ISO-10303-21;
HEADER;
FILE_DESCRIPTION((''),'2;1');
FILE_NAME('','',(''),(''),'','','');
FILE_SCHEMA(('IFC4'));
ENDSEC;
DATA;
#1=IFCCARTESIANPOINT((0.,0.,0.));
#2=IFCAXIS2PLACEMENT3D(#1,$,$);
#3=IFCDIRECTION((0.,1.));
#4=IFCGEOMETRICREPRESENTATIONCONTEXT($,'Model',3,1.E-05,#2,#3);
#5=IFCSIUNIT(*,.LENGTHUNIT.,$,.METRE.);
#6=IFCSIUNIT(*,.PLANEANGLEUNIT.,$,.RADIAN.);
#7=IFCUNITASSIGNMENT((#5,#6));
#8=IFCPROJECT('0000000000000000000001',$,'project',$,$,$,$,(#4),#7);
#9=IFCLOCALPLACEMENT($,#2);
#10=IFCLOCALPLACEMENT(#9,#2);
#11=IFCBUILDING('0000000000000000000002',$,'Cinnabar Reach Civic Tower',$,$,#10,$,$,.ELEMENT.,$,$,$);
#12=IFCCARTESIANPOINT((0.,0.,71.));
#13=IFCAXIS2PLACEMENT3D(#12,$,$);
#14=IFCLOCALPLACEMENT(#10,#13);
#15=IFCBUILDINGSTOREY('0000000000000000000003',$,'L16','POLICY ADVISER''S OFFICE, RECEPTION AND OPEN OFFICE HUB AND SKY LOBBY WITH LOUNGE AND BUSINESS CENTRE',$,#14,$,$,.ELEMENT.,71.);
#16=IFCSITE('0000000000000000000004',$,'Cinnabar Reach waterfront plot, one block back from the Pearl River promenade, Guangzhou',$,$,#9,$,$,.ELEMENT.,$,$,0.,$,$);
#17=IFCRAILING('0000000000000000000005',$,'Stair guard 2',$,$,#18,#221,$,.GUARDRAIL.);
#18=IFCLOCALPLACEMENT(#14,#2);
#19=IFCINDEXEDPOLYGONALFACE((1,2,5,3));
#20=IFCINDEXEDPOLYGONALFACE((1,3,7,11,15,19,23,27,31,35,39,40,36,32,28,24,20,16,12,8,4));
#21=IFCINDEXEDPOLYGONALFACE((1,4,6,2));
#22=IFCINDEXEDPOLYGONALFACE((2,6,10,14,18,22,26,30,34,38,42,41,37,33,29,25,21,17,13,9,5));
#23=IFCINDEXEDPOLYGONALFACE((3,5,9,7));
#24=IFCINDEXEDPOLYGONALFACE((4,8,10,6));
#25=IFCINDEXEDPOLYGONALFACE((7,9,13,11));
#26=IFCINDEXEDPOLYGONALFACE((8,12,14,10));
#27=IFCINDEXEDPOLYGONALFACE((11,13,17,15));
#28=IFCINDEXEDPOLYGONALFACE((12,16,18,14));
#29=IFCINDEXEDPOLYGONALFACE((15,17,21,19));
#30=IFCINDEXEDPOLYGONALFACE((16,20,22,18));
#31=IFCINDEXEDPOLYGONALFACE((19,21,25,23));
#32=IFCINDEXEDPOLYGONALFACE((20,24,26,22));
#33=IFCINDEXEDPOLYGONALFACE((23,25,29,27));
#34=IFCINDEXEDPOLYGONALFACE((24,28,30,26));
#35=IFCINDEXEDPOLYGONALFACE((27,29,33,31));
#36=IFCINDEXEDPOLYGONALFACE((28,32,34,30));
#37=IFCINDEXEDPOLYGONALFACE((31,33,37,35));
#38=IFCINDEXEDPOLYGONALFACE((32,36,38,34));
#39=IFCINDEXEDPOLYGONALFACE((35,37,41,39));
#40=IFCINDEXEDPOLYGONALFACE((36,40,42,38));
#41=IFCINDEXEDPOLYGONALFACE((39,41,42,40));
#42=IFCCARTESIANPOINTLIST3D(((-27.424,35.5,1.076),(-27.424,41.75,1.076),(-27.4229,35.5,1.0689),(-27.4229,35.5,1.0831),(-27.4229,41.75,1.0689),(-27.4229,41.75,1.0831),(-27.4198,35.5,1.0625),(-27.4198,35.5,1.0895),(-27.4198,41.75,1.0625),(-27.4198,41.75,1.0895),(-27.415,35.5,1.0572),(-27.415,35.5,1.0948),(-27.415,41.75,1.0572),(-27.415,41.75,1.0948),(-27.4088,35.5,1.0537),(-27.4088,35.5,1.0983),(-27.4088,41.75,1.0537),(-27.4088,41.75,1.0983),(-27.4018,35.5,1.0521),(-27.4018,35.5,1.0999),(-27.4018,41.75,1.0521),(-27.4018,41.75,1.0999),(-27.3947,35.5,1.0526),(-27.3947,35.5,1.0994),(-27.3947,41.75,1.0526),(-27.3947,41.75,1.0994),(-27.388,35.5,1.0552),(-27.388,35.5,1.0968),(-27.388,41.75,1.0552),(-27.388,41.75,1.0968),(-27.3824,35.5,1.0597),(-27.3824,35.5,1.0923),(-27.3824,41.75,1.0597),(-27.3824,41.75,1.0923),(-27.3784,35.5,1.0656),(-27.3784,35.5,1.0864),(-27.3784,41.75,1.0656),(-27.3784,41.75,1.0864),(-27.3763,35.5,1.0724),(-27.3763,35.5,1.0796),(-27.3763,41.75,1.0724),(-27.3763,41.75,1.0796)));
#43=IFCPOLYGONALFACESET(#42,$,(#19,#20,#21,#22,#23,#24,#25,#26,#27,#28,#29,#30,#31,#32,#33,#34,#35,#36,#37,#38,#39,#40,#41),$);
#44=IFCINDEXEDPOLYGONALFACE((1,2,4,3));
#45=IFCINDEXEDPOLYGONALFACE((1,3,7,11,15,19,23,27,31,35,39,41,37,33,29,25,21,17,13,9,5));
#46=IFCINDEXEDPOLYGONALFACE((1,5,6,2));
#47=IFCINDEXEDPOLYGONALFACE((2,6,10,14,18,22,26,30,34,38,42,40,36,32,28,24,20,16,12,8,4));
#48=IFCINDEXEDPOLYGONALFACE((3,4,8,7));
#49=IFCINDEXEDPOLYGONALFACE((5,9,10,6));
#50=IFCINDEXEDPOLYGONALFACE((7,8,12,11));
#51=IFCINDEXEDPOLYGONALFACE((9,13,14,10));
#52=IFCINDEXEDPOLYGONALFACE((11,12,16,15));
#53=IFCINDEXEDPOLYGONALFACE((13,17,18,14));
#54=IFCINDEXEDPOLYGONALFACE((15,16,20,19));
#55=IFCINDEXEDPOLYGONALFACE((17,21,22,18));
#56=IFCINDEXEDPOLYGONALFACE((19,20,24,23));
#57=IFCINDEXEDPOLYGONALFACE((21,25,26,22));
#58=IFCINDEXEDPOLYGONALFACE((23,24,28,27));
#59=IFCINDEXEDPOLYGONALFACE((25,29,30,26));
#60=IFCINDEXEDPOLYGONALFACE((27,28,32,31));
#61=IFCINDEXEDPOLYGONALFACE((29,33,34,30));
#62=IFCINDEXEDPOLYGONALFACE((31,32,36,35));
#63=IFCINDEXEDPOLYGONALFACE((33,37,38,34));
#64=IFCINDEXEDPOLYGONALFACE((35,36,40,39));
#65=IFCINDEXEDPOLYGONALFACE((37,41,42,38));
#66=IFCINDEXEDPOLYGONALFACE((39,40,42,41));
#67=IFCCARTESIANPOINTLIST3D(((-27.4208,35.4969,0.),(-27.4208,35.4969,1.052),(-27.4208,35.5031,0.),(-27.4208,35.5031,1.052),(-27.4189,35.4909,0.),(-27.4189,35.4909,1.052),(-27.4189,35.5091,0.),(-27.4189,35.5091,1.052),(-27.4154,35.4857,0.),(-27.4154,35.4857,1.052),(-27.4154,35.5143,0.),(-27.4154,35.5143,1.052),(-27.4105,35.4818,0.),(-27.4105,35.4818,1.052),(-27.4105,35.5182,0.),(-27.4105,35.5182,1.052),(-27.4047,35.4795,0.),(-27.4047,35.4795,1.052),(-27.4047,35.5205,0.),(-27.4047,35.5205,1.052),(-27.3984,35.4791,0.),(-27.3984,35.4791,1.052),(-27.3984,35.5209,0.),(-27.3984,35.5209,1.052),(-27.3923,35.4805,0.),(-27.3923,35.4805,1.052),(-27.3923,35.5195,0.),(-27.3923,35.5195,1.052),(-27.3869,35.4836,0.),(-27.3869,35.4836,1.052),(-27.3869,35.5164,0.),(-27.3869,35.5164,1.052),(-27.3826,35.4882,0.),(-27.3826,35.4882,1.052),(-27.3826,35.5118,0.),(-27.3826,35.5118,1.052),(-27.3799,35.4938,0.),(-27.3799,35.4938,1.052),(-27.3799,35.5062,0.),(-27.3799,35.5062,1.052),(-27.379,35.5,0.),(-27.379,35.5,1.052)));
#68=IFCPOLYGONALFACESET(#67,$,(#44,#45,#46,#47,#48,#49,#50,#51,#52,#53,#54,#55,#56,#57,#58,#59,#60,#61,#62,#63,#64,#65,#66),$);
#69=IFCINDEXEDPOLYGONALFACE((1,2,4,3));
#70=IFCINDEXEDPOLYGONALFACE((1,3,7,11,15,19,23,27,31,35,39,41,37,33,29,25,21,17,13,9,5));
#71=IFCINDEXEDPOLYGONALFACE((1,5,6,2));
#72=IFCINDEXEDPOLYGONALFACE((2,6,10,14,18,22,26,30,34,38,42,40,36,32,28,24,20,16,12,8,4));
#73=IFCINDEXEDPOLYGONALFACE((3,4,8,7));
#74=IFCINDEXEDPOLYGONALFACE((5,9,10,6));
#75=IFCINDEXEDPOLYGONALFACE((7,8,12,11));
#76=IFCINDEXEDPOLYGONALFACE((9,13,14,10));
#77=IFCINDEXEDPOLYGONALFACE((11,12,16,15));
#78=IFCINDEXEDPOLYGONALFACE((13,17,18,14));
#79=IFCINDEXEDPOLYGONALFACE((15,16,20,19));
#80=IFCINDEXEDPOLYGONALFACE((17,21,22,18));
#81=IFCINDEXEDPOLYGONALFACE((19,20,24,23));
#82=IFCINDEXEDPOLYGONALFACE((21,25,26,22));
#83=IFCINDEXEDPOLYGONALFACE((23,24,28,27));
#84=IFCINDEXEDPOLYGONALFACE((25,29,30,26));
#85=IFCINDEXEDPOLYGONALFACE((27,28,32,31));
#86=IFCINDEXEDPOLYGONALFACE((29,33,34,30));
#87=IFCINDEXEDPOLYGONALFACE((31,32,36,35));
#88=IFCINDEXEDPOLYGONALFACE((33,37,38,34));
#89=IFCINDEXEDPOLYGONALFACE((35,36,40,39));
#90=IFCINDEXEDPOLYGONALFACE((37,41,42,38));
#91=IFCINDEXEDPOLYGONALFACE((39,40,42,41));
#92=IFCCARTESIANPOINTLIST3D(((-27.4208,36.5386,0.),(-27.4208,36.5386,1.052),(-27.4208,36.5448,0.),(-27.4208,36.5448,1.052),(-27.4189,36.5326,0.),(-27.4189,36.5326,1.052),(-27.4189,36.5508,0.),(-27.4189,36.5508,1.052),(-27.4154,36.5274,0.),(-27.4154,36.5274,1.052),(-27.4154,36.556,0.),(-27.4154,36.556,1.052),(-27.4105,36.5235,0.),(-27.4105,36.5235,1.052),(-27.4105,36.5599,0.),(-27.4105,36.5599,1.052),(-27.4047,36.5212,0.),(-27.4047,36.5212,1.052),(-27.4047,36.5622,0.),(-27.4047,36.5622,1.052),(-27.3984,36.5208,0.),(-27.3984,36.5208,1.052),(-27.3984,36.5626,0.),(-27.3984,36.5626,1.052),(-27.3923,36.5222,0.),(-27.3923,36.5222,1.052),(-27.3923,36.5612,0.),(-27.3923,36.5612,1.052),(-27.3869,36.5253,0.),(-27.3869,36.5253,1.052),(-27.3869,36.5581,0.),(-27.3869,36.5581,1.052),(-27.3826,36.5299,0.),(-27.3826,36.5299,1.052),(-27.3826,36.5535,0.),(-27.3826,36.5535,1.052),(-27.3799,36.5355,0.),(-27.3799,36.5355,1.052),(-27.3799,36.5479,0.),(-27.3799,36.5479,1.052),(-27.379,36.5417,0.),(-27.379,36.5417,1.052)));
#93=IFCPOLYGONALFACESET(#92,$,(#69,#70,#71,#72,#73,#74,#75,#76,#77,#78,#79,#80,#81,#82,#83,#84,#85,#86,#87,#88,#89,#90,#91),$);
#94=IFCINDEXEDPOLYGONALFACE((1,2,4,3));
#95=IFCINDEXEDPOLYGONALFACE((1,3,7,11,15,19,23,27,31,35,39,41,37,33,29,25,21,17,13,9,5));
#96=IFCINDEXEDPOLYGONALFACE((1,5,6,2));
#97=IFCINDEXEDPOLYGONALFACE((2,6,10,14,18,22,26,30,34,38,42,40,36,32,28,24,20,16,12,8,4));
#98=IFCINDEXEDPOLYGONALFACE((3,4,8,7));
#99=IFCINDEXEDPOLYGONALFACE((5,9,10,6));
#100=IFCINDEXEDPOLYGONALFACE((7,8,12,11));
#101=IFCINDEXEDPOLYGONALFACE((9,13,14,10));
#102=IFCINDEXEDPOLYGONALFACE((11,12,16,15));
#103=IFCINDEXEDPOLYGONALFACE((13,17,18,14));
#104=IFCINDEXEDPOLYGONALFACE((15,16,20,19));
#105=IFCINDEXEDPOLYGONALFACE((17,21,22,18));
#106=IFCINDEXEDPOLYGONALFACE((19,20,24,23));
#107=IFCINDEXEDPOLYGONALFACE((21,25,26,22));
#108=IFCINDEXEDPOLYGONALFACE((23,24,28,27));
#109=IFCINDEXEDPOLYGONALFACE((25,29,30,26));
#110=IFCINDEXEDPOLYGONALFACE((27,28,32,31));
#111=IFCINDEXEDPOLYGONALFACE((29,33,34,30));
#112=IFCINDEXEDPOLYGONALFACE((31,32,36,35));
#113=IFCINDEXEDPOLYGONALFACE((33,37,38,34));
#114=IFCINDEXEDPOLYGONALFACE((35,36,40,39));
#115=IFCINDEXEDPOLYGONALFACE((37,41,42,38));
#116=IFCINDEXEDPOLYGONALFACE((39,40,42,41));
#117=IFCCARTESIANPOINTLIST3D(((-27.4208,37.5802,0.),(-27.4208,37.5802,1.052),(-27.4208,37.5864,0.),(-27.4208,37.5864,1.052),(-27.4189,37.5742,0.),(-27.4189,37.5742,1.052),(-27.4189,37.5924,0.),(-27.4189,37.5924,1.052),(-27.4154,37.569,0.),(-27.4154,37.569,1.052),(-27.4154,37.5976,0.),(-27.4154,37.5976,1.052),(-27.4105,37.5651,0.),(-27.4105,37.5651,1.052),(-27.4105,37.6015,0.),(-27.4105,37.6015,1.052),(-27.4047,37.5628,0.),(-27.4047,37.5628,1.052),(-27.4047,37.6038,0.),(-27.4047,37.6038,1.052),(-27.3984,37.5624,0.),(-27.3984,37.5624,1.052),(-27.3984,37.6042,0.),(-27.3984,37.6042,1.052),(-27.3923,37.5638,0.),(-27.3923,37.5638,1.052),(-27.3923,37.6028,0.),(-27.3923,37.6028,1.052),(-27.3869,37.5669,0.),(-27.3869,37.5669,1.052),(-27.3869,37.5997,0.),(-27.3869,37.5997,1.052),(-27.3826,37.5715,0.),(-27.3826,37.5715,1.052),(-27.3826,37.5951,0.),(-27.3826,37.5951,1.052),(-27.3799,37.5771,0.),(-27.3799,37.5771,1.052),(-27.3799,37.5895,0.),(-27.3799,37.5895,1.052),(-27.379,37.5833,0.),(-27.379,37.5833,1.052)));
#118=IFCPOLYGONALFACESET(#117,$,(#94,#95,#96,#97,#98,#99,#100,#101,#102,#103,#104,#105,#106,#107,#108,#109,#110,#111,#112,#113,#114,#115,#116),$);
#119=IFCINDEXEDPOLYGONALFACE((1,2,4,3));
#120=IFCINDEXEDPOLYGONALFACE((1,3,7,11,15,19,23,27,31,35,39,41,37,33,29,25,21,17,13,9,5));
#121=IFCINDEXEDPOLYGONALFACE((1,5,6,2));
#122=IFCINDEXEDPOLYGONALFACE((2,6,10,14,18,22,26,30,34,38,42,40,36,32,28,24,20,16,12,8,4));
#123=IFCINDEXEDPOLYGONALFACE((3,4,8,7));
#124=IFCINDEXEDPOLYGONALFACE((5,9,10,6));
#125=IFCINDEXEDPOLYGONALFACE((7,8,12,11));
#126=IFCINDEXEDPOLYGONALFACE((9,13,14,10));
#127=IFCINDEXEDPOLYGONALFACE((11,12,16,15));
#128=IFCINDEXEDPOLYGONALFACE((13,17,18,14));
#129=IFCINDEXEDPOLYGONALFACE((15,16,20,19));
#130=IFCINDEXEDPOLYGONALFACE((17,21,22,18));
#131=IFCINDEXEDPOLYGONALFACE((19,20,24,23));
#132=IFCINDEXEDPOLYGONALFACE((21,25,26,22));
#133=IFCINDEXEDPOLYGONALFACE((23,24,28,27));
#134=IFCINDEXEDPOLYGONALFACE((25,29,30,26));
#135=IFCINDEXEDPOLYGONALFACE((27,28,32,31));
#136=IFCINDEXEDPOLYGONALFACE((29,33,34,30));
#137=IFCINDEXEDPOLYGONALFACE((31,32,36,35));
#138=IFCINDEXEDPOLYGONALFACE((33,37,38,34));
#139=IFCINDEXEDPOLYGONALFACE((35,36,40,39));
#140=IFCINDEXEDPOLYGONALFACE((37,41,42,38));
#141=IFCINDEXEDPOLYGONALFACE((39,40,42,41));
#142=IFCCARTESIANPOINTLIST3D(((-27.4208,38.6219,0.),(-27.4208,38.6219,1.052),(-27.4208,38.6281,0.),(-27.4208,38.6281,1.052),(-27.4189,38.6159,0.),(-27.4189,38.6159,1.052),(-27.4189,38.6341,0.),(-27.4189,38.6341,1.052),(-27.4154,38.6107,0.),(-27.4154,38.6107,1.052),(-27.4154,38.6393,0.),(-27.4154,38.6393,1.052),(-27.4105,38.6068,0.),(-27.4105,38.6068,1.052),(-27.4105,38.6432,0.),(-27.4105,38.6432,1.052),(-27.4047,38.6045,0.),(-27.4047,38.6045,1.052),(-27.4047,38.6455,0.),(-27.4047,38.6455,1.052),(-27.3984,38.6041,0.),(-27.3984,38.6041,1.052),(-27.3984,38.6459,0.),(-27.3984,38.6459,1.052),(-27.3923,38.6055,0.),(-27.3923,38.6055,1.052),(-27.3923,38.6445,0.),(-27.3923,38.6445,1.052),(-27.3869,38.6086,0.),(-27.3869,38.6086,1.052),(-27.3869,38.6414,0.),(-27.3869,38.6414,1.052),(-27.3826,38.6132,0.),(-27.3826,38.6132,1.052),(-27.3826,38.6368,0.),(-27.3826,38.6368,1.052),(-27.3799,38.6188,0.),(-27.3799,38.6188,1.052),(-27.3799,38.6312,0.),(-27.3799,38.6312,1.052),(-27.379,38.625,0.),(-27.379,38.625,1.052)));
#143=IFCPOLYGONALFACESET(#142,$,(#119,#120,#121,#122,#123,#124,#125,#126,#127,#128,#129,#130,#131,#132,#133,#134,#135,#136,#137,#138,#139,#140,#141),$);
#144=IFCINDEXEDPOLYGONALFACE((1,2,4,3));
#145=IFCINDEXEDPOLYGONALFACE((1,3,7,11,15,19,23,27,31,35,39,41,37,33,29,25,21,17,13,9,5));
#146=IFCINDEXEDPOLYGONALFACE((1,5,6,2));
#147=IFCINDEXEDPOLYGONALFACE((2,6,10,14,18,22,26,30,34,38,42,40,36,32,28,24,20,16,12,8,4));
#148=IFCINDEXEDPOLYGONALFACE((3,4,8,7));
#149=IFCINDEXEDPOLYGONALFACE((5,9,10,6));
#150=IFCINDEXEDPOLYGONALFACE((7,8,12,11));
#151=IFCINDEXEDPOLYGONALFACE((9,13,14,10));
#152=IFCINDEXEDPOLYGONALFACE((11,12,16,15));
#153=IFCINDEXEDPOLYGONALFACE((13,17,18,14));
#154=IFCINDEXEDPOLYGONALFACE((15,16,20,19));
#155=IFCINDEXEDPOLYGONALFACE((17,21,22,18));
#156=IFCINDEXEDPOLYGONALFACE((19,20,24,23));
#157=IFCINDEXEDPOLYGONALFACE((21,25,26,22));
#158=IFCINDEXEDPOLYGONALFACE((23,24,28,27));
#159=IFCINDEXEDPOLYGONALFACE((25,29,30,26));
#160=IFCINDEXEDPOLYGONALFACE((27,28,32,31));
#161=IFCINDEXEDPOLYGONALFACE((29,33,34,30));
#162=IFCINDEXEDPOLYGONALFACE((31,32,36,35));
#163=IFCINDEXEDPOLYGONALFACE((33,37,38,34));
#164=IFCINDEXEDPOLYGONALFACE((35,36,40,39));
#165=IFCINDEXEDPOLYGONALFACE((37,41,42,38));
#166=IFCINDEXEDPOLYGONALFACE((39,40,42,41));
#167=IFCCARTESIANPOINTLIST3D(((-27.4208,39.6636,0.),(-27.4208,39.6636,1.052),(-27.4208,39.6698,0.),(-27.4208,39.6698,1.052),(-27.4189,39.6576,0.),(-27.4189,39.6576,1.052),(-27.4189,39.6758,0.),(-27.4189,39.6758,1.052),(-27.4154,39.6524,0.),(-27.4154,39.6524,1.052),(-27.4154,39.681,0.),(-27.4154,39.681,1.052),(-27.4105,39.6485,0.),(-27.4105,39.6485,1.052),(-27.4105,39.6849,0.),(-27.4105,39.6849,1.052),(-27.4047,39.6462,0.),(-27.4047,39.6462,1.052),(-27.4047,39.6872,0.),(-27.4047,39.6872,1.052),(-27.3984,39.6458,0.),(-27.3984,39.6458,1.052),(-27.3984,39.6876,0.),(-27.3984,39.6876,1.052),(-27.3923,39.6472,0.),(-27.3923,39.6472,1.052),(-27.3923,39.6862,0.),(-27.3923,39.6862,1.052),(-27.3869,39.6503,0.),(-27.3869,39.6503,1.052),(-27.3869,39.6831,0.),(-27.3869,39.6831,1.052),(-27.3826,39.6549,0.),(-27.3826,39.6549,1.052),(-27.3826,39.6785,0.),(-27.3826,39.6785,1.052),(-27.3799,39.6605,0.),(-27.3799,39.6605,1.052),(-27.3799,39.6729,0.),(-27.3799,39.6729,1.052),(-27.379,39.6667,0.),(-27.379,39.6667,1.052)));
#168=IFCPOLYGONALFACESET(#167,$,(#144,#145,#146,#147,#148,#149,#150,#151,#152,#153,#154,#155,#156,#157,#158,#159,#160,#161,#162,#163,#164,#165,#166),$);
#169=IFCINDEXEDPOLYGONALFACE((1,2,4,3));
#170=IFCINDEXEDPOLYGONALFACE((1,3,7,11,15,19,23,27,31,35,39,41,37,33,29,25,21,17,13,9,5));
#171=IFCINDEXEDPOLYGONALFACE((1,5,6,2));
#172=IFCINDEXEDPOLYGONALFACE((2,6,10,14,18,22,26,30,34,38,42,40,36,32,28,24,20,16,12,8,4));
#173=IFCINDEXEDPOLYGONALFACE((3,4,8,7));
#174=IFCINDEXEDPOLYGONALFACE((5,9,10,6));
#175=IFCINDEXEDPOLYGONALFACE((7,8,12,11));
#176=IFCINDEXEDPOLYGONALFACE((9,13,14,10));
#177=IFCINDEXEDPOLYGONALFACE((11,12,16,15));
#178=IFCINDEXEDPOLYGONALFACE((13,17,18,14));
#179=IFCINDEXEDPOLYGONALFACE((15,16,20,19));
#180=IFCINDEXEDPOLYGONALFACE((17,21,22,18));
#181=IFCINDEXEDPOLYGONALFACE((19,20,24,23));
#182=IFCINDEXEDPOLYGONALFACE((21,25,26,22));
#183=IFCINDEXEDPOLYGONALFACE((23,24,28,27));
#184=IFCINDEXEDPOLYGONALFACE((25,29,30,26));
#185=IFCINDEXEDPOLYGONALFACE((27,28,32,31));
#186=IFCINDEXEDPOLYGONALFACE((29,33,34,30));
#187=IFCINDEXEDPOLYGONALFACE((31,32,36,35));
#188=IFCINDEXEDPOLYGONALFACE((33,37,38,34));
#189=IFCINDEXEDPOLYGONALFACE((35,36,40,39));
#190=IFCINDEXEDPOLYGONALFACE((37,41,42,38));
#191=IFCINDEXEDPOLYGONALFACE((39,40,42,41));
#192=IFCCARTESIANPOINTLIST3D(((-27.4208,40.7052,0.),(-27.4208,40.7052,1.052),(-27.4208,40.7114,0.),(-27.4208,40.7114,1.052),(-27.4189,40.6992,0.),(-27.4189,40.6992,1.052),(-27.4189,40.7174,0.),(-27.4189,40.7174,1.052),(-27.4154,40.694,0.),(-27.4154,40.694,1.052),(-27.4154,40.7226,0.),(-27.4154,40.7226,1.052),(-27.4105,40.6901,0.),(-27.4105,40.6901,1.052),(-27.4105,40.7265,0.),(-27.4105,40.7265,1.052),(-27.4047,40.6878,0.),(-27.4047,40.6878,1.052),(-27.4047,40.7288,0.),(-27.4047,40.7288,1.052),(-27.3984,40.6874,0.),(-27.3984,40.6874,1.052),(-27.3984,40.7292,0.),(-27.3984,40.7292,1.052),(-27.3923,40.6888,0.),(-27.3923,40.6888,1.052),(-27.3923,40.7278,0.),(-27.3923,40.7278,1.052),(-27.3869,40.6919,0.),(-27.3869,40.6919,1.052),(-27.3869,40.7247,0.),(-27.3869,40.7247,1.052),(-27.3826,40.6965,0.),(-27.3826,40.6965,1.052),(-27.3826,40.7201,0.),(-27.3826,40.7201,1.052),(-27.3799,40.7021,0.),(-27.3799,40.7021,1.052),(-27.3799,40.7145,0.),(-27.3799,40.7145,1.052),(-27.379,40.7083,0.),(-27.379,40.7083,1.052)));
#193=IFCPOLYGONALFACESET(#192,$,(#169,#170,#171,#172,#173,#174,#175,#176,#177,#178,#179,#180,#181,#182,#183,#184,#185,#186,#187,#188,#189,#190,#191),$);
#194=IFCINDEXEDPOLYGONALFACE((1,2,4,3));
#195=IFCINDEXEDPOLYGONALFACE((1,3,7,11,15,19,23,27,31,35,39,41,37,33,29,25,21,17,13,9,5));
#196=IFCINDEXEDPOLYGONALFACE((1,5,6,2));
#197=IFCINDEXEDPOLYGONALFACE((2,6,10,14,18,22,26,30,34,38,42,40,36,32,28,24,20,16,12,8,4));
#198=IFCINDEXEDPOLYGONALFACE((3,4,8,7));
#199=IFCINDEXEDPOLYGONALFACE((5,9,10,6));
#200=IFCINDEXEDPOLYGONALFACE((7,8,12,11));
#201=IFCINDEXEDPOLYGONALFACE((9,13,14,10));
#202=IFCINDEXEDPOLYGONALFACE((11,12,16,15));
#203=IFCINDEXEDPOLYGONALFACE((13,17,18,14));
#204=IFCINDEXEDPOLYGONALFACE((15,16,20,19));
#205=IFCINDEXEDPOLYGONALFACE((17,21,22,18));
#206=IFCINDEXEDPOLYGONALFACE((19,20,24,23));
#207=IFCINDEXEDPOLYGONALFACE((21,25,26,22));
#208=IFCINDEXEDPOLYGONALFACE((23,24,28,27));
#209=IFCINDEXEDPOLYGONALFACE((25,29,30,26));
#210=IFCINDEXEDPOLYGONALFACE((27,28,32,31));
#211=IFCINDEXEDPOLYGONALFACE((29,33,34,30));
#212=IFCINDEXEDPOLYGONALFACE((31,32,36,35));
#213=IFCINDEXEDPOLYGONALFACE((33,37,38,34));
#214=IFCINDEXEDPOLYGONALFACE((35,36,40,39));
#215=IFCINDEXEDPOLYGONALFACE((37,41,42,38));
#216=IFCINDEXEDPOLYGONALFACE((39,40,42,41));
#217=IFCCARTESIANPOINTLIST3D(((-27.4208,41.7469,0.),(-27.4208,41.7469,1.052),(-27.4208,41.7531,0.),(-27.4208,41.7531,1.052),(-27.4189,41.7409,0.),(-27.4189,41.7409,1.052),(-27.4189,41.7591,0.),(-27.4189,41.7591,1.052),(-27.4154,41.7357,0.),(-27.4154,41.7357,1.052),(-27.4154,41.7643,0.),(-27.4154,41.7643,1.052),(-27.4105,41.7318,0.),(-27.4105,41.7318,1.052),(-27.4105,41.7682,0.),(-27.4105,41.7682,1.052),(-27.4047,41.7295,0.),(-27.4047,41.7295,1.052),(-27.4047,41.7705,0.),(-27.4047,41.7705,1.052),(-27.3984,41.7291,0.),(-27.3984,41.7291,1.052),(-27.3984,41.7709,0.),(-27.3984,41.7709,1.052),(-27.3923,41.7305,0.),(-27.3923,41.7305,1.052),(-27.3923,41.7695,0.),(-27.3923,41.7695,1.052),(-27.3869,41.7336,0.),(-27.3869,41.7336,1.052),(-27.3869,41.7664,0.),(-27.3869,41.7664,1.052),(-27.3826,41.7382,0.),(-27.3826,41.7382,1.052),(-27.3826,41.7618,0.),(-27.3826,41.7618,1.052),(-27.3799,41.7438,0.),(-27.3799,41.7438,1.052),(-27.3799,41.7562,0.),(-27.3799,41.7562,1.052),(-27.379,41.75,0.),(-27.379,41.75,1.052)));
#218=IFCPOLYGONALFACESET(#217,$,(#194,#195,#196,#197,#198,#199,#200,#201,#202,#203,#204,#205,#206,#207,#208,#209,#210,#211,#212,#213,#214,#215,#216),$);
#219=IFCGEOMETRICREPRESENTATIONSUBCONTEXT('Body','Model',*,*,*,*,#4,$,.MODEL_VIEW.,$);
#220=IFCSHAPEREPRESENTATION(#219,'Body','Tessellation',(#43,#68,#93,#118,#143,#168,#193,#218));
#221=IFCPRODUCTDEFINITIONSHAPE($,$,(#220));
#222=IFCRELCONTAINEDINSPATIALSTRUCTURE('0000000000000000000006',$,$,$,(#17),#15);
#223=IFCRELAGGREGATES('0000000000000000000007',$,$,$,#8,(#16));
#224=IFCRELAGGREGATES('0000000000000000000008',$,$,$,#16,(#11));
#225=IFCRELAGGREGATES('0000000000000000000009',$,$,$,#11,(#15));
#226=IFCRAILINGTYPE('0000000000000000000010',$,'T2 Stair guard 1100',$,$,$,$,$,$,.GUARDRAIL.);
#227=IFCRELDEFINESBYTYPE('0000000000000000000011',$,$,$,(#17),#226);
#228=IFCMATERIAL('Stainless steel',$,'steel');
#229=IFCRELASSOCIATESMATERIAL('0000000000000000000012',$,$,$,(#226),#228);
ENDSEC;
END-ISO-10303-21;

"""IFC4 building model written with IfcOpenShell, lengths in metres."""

from ifc_helpers import new_model, si_unit, direction, frame, origin, origin_2d, place, context, subcontext, project, spatial, circle, extrude, material, type_object, element, save


model = new_model("IFC4")

# Units and contexts
model_context = context("Model", 3, precision=1e-05, world=origin(), true_north=direction((0.0, 1.0)))
body_context = subcontext(model_context, "Body", "Model", "MODEL_VIEW")
ifc_project = project(units=[si_unit("LENGTHUNIT", "METRE"), si_unit("PLANEANGLEUNIT", "RADIAN")], contexts=[model_context])

# Site, building, storey
site_placement = place(None, origin())
site = spatial("IfcSite", under=ifc_project, at=site_placement, Name="Cinnabar Reach waterfront plot, one block back from the Pearl River promenade, Guangzhou", CompositionType="ELEMENT", RefElevation=0.0)
building_placement = place(site_placement, origin())
building = spatial("IfcBuilding", under=site, at=building_placement, Name="Cinnabar Reach Civic Tower", CompositionType="ELEMENT")
storey_placement = place(building_placement, frame((0.0, 0.0, 71.0)))
storey = spatial("IfcBuildingStorey", under=building, at=storey_placement, Name="L16", Description="POLICY ADVISER'S OFFICE, RECEPTION AND OPEN OFFICE HUB AND SKY LOBBY WITH LOUNGE AND BUSINESS CENTRE", CompositionType="ELEMENT", Elevation=71.0)

# Railing
ifc_material_1 = material(Name="Stainless steel", Category="steel")
railing_type = type_object("IfcRailingType", Name="T2 Stair guard 1100", PredefinedType="GUARDRAIL", material=ifc_material_1)
for number, where, name in (
    (1, (-27.4, 35.5, 0.0), "Stair guard 2"),
):
    element("IfcRailing", number, at=place(storey_placement, frame(where)), inside=storey, type_object=railing_type, Name=name, PredefinedType="GUARDRAIL", context=body_context, shape_type="SweptSolid", body=[
        extrude(circle(Radius=0.024, at=origin_2d()), frame((0.0, 0.0, 1.076), z_axis=(0.0, 1.0, 0.0), x_axis=(-1.0, 0.0, 0.0)), (0.0, 0.0, 1.0), 6.25),
        extrude(circle(Radius=0.021, at=origin_2d()), origin(), (0.0, 0.0, 1.0), 1.052),
        extrude(circle(Radius=0.021, at=origin_2d()), frame((0.0, 1.0417, 0.0)), (0.0, 0.0, 1.0), 1.052),
        extrude(circle(Radius=0.021, at=origin_2d()), frame((0.0, 2.0833, 0.0)), (0.0, 0.0, 1.0), 1.052),
        extrude(circle(Radius=0.021, at=origin_2d()), frame((0.0, 3.125, 0.0)), (0.0, 0.0, 1.0), 1.052),
        extrude(circle(Radius=0.021, at=origin_2d()), frame((0.0, 4.1667, 0.0)), (0.0, 0.0, 1.0), 1.052),
        extrude(circle(Radius=0.021, at=origin_2d()), frame((0.0, 5.2083, 0.0)), (0.0, 0.0, 1.0), 1.052),
        extrude(circle(Radius=0.021, at=origin_2d()), frame((0.0, 6.25, 0.0)), (0.0, 0.0, 1.0), 1.052),
    ])

save(model, "model.ifc")
